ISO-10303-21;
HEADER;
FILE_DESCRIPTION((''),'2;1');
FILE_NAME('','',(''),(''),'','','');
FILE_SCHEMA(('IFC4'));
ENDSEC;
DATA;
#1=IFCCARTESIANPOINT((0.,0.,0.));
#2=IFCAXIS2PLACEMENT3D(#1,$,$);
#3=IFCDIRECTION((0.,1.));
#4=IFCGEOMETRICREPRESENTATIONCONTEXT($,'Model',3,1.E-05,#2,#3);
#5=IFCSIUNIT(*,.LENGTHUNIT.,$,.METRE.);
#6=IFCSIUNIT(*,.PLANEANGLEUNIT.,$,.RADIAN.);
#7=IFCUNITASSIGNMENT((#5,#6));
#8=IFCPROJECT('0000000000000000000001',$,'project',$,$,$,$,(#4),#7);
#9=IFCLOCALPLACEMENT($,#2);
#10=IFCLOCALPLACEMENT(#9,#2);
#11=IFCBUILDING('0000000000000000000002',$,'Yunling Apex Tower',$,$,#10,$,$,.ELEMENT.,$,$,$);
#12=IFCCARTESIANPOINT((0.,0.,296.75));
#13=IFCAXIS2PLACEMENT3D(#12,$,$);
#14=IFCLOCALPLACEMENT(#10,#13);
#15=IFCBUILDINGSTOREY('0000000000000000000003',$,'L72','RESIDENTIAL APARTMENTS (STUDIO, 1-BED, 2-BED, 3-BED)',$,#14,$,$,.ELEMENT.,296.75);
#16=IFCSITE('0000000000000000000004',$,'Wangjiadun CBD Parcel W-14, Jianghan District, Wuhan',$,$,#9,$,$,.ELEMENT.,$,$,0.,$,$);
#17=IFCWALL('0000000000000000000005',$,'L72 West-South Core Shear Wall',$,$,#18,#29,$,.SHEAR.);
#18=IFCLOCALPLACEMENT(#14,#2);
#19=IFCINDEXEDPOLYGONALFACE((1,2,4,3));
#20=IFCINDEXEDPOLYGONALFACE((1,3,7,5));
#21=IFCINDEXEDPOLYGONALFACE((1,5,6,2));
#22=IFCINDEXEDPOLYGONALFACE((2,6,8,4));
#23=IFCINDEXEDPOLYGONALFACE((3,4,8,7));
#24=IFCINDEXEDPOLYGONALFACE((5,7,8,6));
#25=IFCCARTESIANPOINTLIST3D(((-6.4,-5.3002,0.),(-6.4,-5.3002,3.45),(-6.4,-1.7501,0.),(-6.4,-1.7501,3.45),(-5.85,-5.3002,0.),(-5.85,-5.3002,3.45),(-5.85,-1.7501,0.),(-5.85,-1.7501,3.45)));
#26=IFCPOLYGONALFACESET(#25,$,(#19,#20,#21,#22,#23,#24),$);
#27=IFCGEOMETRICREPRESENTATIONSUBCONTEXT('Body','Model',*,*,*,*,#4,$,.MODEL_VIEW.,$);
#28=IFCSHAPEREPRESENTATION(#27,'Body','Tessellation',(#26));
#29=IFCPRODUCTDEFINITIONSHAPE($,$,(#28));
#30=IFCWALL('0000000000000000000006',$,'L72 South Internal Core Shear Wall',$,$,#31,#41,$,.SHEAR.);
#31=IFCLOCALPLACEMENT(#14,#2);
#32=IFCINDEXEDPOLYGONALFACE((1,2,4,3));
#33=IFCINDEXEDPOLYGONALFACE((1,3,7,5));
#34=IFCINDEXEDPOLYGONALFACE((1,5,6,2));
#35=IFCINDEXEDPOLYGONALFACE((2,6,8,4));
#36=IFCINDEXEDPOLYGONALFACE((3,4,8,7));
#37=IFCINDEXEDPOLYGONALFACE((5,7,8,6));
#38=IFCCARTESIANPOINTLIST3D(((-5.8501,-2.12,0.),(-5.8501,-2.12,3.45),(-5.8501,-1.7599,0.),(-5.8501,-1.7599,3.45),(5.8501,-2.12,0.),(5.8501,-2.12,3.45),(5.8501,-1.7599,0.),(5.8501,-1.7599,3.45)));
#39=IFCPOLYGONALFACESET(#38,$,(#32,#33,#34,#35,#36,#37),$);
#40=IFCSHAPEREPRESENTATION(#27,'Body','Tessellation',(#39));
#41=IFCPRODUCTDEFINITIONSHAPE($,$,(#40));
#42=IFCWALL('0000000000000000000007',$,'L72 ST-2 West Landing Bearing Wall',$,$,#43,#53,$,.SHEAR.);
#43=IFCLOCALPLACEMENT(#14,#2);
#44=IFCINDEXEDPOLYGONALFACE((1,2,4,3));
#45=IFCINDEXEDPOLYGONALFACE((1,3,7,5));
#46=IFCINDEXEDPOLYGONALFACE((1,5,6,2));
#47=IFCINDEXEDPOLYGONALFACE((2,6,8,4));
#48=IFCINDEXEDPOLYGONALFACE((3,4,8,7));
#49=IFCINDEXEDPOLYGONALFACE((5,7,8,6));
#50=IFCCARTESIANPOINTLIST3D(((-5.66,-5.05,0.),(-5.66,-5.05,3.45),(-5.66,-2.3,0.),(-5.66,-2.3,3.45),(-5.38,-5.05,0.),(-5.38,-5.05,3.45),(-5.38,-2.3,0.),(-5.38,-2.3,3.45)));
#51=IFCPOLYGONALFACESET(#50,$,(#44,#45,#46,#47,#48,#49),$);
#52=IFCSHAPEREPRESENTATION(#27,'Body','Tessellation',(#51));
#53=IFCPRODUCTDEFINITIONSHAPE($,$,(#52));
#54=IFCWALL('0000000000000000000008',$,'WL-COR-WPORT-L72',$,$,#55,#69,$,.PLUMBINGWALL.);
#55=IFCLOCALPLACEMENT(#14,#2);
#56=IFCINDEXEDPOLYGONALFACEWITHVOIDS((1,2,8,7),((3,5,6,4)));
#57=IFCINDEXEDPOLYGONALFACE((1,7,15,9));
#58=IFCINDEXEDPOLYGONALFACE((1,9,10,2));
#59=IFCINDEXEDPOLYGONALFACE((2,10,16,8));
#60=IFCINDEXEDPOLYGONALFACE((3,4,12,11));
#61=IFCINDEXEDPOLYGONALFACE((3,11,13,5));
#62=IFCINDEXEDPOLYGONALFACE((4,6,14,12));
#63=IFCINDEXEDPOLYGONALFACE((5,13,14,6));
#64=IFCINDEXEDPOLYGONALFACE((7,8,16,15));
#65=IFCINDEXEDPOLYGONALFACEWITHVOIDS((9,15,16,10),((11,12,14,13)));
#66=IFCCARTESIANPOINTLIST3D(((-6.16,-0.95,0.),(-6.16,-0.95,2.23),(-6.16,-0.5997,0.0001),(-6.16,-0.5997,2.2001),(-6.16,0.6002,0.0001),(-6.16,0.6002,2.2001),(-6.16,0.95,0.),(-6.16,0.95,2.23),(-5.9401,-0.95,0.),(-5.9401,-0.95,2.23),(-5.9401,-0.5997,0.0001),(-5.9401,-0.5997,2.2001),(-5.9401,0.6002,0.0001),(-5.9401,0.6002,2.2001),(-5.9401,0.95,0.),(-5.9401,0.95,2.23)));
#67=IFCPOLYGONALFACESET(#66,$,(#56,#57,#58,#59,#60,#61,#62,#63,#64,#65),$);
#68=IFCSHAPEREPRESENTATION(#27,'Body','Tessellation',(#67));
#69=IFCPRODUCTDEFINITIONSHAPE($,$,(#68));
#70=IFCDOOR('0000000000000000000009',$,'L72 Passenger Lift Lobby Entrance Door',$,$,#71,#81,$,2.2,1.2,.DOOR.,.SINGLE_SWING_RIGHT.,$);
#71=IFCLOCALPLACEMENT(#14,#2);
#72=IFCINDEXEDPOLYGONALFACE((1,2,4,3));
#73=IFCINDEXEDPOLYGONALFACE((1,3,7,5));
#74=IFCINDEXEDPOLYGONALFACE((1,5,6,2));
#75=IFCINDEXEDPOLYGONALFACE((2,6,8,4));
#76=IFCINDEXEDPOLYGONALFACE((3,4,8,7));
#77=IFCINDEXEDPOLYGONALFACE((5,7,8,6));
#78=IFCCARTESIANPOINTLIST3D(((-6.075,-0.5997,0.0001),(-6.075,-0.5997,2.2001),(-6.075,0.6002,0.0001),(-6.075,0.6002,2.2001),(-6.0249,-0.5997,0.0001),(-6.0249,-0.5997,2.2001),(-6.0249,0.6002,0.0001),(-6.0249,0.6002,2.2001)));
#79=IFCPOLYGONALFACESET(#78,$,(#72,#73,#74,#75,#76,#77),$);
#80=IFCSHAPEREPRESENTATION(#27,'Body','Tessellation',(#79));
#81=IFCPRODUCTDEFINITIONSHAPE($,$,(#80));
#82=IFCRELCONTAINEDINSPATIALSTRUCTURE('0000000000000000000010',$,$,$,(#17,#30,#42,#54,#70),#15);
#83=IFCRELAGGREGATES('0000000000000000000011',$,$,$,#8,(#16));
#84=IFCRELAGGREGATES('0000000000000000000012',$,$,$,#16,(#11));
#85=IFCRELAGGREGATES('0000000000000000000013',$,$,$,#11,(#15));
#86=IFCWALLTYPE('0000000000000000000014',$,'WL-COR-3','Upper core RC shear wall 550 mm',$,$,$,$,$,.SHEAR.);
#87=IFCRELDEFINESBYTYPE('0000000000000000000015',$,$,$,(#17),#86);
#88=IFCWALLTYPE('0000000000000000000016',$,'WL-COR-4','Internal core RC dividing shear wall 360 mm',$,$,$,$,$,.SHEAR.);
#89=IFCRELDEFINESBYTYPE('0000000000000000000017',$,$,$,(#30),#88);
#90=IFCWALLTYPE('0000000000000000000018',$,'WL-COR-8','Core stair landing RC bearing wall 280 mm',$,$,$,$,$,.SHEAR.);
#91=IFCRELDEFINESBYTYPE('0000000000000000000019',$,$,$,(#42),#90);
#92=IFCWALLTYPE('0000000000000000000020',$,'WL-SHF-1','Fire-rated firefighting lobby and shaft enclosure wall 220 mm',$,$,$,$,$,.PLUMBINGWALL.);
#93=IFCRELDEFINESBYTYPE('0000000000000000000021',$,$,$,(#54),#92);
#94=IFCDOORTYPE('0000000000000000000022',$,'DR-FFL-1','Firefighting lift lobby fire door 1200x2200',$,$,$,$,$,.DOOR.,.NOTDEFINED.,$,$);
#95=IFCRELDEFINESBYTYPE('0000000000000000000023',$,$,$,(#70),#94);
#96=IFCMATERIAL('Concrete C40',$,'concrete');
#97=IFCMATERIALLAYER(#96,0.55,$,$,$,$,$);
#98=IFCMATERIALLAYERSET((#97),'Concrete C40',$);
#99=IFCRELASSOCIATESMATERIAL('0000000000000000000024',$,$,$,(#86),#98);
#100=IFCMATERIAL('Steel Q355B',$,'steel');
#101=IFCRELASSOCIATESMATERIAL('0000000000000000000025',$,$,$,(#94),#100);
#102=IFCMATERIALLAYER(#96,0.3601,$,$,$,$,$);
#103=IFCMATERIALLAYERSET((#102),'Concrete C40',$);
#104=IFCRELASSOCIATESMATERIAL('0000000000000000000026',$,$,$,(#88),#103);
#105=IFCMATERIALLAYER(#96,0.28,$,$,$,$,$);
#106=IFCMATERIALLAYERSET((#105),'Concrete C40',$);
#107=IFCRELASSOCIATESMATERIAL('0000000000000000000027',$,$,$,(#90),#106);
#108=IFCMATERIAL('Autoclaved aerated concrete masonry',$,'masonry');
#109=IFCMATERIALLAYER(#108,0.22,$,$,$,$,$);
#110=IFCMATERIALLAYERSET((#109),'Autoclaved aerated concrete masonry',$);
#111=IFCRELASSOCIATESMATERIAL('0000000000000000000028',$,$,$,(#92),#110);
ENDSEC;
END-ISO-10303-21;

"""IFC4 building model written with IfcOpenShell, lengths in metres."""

from ifc_helpers import new_model, si_unit, direction, frame, frame_2d, origin, place, context, subcontext, project, spatial, rectangle, extrude, material, layer, layer_set, type_object, element, fill, save


model = new_model("IFC4")

# Units and contexts
model_context = context("Model", 3, precision=1e-05, world=origin(), true_north=direction((0.0, 1.0)))
body_context = subcontext(model_context, "Body", "Model", "MODEL_VIEW")
ifc_project = project(units=[si_unit("LENGTHUNIT", "METRE"), si_unit("PLANEANGLEUNIT", "RADIAN")], contexts=[model_context])

# Site, building, storey
site_placement = place(None, origin())
site = spatial("IfcSite", under=ifc_project, at=site_placement, Name="Wangjiadun CBD Parcel W-14, Jianghan District, Wuhan", CompositionType="ELEMENT", RefElevation=0.0)
building_placement = place(site_placement, origin())
building = spatial("IfcBuilding", under=site, at=building_placement, Name="Yunling Apex Tower", CompositionType="ELEMENT")
storey_placement = place(building_placement, frame((0.0, 0.0, 296.75)))
storey = spatial("IfcBuildingStorey", under=building, at=storey_placement, Name="L72", Description="RESIDENTIAL APARTMENTS (STUDIO, 1-BED, 2-BED, 3-BED)", CompositionType="ELEMENT", Elevation=296.75)

# Shared definitions
ifc_material_1 = material(Name="Steel Q355B", Category="steel")
ifc_material_2 = material(Name="Concrete C40", Category="concrete")

# Shared definitions
ifc_layer_1 = layer(ifc_material_2, 0.55)
ifc_layer_set_1 = layer_set([ifc_layer_1], Name="Concrete C40")
wall_type_1 = type_object("IfcWallType", Name="WL-COR-3", Description="Upper core RC shear wall 550 mm", PredefinedType="SHEAR", material=ifc_layer_set_1)
door_type_1 = type_object("IfcDoorType", Name="DR-FFL-1", Description="Firefighting lift lobby fire door 1200x2200", OperationType="NOTDEFINED", PredefinedType="DOOR", material=ifc_material_1)

# Walls
wall_1_placement = place(storey_placement, frame((-6.125, -5.3, 0.0), z_axis=(0.0, 0.0, 1.0), x_axis=(0.0, 1.0, 0.0)))
element("IfcWall", 1, at=wall_1_placement, inside=storey, type_object=wall_type_1, Name="L72 West-South Core Shear Wall", PredefinedType="SHEAR", context=body_context, shape_type="SweptSolid", body=[
    extrude(rectangle(XDim=3.55, YDim=0.55, at=frame_2d((1.7749, 0.0))), origin(), (0.0, 0.0, 1.0), 3.45),
])
ifc_layer_2 = layer(ifc_material_2, 0.3601)
ifc_layer_set_2 = layer_set([ifc_layer_2], Name="Concrete C40")
wall_type_2 = type_object("IfcWallType", Name="WL-COR-4", Description="Internal core RC dividing shear wall 360 mm", PredefinedType="SHEAR", material=ifc_layer_set_2)
wall_2_placement = place(storey_placement, frame((-5.8501, -1.9399, 0.0), z_axis=(0.0, 0.0, 1.0), x_axis=(1.0, 0.0, 0.0)))
element("IfcWall", 2, at=wall_2_placement, inside=storey, type_object=wall_type_2, Name="L72 South Internal Core Shear Wall", PredefinedType="SHEAR", context=body_context, shape_type="SweptSolid", body=[
    extrude(rectangle(XDim=11.7002, YDim=0.3601, at=frame_2d((5.8501, 0.0))), origin(), (0.0, 0.0, 1.0), 3.45),
])
ifc_layer_3 = layer(ifc_material_2, 0.28)
ifc_layer_set_3 = layer_set([ifc_layer_3], Name="Concrete C40")
wall_type_3 = type_object("IfcWallType", Name="WL-COR-8", Description="Core stair landing RC bearing wall 280 mm", PredefinedType="SHEAR", material=ifc_layer_set_3)
wall_3_placement = place(storey_placement, frame((-5.52, -5.05, 0.0), z_axis=(0.0, 0.0, 1.0), x_axis=(0.0, 1.0, 0.0)))
element("IfcWall", 3, at=wall_3_placement, inside=storey, type_object=wall_type_3, Name="L72 ST-2 West Landing Bearing Wall", PredefinedType="SHEAR", context=body_context, shape_type="SweptSolid", body=[
    extrude(rectangle(XDim=2.75, YDim=0.28, at=frame_2d((1.375, 0.0))), origin(), (0.0, 0.0, 1.0), 3.45),
])

# Wall, opening, door
ifc_material_3 = material(Name="Autoclaved aerated concrete masonry", Category="masonry")
ifc_layer_4 = layer(ifc_material_3, 0.22)
ifc_layer_set_4 = layer_set([ifc_layer_4], Name="Autoclaved aerated concrete masonry")
wall_type_4 = type_object("IfcWallType", Name="WL-SHF-1", Description="Fire-rated firefighting lobby and shaft enclosure wall 220 mm", PredefinedType="PLUMBINGWALL", material=ifc_layer_set_4)
wall_4_placement = place(storey_placement, frame((-6.05, -0.95, 0.0), z_axis=(0.0, 0.0, 1.0), x_axis=(0.0, 1.0, 0.0)))
wall_4 = element("IfcWall", 4, at=wall_4_placement, inside=storey, type_object=wall_type_4, Name="WL-COR-WPORT-L72", PredefinedType="PLUMBINGWALL", context=body_context, shape_type="SweptSolid", body=[
    extrude(rectangle(XDim=1.8999, YDim=0.22, at=frame_2d((0.95, 0.0))), origin(), (0.0, 0.0, 1.0), 2.23),
])
opening_1_placement = place(wall_4_placement, frame((0.3501, 0.0, 0.0)))
opening_1 = element("IfcOpeningElement", 5, at=opening_1_placement, cuts=wall_4, PredefinedType="OPENING", context=body_context, shape_type="SweptSolid", body=[
    extrude(rectangle(XDim=1.2, YDim=2.2, at=frame_2d((0.6001, 1.1001))), frame((0.0, 0.1201, 0.0), z_axis=(0.0, -1.0, 0.0), x_axis=(1.0, 0.0, 0.0)), (0.0, 0.0, 1.0), 0.24),
])
door_1_placement = place(opening_1_placement, origin())
door_1 = element("IfcDoor", 6, at=door_1_placement, inside=storey, type_object=door_type_1, Name="L72 Passenger Lift Lobby Entrance Door", OperationType="SINGLE_SWING_RIGHT", OverallHeight=2.2, OverallWidth=1.2, PredefinedType="DOOR", context=body_context, shape_type="SweptSolid", body=[
    extrude(rectangle(XDim=1.2, YDim=2.2, at=frame_2d((0.6001, 1.1001))), frame((0.0, 0.0249, 0.0), z_axis=(0.0, -1.0, 0.0), x_axis=(1.0, 0.0, 0.0)), (0.0, 0.0, 1.0), 0.05),
])
fill(opening_1, door_1)

save(model, "model.ifc")
